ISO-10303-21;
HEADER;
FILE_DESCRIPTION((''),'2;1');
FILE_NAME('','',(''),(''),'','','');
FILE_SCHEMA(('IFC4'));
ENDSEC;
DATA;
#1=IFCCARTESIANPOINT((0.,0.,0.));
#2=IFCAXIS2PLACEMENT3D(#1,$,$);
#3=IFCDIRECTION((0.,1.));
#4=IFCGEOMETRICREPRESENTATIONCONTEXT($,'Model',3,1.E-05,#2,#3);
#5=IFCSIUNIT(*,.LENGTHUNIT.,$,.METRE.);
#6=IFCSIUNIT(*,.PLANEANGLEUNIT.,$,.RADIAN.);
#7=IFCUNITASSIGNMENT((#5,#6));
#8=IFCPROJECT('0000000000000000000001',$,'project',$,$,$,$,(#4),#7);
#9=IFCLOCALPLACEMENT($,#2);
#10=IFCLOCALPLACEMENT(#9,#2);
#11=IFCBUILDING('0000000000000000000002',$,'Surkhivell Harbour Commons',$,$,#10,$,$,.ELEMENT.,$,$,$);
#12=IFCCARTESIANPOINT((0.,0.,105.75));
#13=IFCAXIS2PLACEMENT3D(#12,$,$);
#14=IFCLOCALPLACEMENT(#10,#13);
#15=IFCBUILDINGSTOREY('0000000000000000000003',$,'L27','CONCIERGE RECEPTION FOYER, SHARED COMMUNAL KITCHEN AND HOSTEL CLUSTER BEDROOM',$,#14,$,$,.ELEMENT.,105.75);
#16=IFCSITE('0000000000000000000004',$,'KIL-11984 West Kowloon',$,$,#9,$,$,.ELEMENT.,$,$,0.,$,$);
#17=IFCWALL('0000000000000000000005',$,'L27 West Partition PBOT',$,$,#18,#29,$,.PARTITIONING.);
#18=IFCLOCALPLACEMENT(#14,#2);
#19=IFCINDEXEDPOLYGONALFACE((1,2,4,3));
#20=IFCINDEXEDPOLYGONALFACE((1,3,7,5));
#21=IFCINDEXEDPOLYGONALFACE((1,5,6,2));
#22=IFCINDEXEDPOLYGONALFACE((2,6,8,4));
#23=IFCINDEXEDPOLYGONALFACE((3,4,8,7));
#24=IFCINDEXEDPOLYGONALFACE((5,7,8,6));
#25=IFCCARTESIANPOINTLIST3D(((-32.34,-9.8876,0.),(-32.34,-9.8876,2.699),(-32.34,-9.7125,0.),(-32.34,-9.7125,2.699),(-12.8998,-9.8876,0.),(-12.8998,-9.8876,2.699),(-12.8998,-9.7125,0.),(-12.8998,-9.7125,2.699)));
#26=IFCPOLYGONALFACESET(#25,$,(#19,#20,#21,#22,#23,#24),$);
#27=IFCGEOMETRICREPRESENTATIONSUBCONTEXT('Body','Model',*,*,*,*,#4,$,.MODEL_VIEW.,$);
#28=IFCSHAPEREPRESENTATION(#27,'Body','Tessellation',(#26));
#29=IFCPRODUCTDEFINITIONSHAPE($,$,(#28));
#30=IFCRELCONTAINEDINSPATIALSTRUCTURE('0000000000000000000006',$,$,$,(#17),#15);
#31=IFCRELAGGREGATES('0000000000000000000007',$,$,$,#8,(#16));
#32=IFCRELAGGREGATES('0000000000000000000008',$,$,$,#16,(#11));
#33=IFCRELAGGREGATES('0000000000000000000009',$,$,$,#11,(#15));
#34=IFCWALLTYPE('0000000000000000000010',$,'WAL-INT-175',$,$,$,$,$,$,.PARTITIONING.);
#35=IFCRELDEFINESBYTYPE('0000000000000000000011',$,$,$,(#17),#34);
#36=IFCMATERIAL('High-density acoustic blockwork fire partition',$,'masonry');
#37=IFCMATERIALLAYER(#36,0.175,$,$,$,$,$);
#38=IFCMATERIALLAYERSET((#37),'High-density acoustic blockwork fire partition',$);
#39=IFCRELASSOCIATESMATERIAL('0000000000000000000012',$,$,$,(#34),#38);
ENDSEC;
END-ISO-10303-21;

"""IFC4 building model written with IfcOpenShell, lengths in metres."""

from ifc_helpers import new_model, si_unit, direction, frame, frame_2d, origin, place, context, subcontext, project, spatial, rectangle, extrude, material, layer, layer_set, type_object, element, save


model = new_model("IFC4")

# Units and contexts
model_context = context("Model", 3, precision=1e-05, world=origin(), true_north=direction((0.0, 1.0)))
body_context = subcontext(model_context, "Body", "Model", "MODEL_VIEW")
ifc_project = project(units=[si_unit("LENGTHUNIT", "METRE"), si_unit("PLANEANGLEUNIT", "RADIAN")], contexts=[model_context])

# Site, building, storey
site_placement = place(None, origin())
site = spatial("IfcSite", under=ifc_project, at=site_placement, Name="KIL-11984 West Kowloon", CompositionType="ELEMENT", RefElevation=0.0)
building_placement = place(site_placement, origin())
building = spatial("IfcBuilding", under=site, at=building_placement, Name="Surkhivell Harbour Commons", CompositionType="ELEMENT")
storey_placement = place(building_placement, frame((0.0, 0.0, 105.75)))
storey = spatial("IfcBuildingStorey", under=building, at=storey_placement, Name="L27", Description="CONCIERGE RECEPTION FOYER, SHARED COMMUNAL KITCHEN AND HOSTEL CLUSTER BEDROOM", CompositionType="ELEMENT", Elevation=105.75)

# Wall
ifc_material_1 = material(Name="High-density acoustic blockwork fire partition", Category="masonry")
ifc_layer_1 = layer(ifc_material_1, 0.175)
ifc_layer_set_1 = layer_set([ifc_layer_1], Name="High-density acoustic blockwork fire partition")
wall_type_1 = type_object("IfcWallType", Name="WAL-INT-175", PredefinedType="PARTITIONING", material=ifc_layer_set_1)
for number, where, z_axis, x_axis, name in (
    (1, (-32.3401, -9.8, 0.0), (0.0, 0.0, 1.0), (1.0, 0.0, 0.0), "L27 West Partition PBOT"),
):
    element("IfcWall", number, at=place(storey_placement, frame(where, z_axis=z_axis, x_axis=x_axis)), inside=storey, type_object=wall_type_1, Name=name, PredefinedType="PARTITIONING", context=body_context, shape_type="SweptSolid", body=[
        extrude(rectangle(XDim=19.4402, YDim=0.175, at=frame_2d((9.7202, 0.0))), origin(), (0.0, 0.0, 1.0), 2.699),
    ])

save(model, "model.ifc")
